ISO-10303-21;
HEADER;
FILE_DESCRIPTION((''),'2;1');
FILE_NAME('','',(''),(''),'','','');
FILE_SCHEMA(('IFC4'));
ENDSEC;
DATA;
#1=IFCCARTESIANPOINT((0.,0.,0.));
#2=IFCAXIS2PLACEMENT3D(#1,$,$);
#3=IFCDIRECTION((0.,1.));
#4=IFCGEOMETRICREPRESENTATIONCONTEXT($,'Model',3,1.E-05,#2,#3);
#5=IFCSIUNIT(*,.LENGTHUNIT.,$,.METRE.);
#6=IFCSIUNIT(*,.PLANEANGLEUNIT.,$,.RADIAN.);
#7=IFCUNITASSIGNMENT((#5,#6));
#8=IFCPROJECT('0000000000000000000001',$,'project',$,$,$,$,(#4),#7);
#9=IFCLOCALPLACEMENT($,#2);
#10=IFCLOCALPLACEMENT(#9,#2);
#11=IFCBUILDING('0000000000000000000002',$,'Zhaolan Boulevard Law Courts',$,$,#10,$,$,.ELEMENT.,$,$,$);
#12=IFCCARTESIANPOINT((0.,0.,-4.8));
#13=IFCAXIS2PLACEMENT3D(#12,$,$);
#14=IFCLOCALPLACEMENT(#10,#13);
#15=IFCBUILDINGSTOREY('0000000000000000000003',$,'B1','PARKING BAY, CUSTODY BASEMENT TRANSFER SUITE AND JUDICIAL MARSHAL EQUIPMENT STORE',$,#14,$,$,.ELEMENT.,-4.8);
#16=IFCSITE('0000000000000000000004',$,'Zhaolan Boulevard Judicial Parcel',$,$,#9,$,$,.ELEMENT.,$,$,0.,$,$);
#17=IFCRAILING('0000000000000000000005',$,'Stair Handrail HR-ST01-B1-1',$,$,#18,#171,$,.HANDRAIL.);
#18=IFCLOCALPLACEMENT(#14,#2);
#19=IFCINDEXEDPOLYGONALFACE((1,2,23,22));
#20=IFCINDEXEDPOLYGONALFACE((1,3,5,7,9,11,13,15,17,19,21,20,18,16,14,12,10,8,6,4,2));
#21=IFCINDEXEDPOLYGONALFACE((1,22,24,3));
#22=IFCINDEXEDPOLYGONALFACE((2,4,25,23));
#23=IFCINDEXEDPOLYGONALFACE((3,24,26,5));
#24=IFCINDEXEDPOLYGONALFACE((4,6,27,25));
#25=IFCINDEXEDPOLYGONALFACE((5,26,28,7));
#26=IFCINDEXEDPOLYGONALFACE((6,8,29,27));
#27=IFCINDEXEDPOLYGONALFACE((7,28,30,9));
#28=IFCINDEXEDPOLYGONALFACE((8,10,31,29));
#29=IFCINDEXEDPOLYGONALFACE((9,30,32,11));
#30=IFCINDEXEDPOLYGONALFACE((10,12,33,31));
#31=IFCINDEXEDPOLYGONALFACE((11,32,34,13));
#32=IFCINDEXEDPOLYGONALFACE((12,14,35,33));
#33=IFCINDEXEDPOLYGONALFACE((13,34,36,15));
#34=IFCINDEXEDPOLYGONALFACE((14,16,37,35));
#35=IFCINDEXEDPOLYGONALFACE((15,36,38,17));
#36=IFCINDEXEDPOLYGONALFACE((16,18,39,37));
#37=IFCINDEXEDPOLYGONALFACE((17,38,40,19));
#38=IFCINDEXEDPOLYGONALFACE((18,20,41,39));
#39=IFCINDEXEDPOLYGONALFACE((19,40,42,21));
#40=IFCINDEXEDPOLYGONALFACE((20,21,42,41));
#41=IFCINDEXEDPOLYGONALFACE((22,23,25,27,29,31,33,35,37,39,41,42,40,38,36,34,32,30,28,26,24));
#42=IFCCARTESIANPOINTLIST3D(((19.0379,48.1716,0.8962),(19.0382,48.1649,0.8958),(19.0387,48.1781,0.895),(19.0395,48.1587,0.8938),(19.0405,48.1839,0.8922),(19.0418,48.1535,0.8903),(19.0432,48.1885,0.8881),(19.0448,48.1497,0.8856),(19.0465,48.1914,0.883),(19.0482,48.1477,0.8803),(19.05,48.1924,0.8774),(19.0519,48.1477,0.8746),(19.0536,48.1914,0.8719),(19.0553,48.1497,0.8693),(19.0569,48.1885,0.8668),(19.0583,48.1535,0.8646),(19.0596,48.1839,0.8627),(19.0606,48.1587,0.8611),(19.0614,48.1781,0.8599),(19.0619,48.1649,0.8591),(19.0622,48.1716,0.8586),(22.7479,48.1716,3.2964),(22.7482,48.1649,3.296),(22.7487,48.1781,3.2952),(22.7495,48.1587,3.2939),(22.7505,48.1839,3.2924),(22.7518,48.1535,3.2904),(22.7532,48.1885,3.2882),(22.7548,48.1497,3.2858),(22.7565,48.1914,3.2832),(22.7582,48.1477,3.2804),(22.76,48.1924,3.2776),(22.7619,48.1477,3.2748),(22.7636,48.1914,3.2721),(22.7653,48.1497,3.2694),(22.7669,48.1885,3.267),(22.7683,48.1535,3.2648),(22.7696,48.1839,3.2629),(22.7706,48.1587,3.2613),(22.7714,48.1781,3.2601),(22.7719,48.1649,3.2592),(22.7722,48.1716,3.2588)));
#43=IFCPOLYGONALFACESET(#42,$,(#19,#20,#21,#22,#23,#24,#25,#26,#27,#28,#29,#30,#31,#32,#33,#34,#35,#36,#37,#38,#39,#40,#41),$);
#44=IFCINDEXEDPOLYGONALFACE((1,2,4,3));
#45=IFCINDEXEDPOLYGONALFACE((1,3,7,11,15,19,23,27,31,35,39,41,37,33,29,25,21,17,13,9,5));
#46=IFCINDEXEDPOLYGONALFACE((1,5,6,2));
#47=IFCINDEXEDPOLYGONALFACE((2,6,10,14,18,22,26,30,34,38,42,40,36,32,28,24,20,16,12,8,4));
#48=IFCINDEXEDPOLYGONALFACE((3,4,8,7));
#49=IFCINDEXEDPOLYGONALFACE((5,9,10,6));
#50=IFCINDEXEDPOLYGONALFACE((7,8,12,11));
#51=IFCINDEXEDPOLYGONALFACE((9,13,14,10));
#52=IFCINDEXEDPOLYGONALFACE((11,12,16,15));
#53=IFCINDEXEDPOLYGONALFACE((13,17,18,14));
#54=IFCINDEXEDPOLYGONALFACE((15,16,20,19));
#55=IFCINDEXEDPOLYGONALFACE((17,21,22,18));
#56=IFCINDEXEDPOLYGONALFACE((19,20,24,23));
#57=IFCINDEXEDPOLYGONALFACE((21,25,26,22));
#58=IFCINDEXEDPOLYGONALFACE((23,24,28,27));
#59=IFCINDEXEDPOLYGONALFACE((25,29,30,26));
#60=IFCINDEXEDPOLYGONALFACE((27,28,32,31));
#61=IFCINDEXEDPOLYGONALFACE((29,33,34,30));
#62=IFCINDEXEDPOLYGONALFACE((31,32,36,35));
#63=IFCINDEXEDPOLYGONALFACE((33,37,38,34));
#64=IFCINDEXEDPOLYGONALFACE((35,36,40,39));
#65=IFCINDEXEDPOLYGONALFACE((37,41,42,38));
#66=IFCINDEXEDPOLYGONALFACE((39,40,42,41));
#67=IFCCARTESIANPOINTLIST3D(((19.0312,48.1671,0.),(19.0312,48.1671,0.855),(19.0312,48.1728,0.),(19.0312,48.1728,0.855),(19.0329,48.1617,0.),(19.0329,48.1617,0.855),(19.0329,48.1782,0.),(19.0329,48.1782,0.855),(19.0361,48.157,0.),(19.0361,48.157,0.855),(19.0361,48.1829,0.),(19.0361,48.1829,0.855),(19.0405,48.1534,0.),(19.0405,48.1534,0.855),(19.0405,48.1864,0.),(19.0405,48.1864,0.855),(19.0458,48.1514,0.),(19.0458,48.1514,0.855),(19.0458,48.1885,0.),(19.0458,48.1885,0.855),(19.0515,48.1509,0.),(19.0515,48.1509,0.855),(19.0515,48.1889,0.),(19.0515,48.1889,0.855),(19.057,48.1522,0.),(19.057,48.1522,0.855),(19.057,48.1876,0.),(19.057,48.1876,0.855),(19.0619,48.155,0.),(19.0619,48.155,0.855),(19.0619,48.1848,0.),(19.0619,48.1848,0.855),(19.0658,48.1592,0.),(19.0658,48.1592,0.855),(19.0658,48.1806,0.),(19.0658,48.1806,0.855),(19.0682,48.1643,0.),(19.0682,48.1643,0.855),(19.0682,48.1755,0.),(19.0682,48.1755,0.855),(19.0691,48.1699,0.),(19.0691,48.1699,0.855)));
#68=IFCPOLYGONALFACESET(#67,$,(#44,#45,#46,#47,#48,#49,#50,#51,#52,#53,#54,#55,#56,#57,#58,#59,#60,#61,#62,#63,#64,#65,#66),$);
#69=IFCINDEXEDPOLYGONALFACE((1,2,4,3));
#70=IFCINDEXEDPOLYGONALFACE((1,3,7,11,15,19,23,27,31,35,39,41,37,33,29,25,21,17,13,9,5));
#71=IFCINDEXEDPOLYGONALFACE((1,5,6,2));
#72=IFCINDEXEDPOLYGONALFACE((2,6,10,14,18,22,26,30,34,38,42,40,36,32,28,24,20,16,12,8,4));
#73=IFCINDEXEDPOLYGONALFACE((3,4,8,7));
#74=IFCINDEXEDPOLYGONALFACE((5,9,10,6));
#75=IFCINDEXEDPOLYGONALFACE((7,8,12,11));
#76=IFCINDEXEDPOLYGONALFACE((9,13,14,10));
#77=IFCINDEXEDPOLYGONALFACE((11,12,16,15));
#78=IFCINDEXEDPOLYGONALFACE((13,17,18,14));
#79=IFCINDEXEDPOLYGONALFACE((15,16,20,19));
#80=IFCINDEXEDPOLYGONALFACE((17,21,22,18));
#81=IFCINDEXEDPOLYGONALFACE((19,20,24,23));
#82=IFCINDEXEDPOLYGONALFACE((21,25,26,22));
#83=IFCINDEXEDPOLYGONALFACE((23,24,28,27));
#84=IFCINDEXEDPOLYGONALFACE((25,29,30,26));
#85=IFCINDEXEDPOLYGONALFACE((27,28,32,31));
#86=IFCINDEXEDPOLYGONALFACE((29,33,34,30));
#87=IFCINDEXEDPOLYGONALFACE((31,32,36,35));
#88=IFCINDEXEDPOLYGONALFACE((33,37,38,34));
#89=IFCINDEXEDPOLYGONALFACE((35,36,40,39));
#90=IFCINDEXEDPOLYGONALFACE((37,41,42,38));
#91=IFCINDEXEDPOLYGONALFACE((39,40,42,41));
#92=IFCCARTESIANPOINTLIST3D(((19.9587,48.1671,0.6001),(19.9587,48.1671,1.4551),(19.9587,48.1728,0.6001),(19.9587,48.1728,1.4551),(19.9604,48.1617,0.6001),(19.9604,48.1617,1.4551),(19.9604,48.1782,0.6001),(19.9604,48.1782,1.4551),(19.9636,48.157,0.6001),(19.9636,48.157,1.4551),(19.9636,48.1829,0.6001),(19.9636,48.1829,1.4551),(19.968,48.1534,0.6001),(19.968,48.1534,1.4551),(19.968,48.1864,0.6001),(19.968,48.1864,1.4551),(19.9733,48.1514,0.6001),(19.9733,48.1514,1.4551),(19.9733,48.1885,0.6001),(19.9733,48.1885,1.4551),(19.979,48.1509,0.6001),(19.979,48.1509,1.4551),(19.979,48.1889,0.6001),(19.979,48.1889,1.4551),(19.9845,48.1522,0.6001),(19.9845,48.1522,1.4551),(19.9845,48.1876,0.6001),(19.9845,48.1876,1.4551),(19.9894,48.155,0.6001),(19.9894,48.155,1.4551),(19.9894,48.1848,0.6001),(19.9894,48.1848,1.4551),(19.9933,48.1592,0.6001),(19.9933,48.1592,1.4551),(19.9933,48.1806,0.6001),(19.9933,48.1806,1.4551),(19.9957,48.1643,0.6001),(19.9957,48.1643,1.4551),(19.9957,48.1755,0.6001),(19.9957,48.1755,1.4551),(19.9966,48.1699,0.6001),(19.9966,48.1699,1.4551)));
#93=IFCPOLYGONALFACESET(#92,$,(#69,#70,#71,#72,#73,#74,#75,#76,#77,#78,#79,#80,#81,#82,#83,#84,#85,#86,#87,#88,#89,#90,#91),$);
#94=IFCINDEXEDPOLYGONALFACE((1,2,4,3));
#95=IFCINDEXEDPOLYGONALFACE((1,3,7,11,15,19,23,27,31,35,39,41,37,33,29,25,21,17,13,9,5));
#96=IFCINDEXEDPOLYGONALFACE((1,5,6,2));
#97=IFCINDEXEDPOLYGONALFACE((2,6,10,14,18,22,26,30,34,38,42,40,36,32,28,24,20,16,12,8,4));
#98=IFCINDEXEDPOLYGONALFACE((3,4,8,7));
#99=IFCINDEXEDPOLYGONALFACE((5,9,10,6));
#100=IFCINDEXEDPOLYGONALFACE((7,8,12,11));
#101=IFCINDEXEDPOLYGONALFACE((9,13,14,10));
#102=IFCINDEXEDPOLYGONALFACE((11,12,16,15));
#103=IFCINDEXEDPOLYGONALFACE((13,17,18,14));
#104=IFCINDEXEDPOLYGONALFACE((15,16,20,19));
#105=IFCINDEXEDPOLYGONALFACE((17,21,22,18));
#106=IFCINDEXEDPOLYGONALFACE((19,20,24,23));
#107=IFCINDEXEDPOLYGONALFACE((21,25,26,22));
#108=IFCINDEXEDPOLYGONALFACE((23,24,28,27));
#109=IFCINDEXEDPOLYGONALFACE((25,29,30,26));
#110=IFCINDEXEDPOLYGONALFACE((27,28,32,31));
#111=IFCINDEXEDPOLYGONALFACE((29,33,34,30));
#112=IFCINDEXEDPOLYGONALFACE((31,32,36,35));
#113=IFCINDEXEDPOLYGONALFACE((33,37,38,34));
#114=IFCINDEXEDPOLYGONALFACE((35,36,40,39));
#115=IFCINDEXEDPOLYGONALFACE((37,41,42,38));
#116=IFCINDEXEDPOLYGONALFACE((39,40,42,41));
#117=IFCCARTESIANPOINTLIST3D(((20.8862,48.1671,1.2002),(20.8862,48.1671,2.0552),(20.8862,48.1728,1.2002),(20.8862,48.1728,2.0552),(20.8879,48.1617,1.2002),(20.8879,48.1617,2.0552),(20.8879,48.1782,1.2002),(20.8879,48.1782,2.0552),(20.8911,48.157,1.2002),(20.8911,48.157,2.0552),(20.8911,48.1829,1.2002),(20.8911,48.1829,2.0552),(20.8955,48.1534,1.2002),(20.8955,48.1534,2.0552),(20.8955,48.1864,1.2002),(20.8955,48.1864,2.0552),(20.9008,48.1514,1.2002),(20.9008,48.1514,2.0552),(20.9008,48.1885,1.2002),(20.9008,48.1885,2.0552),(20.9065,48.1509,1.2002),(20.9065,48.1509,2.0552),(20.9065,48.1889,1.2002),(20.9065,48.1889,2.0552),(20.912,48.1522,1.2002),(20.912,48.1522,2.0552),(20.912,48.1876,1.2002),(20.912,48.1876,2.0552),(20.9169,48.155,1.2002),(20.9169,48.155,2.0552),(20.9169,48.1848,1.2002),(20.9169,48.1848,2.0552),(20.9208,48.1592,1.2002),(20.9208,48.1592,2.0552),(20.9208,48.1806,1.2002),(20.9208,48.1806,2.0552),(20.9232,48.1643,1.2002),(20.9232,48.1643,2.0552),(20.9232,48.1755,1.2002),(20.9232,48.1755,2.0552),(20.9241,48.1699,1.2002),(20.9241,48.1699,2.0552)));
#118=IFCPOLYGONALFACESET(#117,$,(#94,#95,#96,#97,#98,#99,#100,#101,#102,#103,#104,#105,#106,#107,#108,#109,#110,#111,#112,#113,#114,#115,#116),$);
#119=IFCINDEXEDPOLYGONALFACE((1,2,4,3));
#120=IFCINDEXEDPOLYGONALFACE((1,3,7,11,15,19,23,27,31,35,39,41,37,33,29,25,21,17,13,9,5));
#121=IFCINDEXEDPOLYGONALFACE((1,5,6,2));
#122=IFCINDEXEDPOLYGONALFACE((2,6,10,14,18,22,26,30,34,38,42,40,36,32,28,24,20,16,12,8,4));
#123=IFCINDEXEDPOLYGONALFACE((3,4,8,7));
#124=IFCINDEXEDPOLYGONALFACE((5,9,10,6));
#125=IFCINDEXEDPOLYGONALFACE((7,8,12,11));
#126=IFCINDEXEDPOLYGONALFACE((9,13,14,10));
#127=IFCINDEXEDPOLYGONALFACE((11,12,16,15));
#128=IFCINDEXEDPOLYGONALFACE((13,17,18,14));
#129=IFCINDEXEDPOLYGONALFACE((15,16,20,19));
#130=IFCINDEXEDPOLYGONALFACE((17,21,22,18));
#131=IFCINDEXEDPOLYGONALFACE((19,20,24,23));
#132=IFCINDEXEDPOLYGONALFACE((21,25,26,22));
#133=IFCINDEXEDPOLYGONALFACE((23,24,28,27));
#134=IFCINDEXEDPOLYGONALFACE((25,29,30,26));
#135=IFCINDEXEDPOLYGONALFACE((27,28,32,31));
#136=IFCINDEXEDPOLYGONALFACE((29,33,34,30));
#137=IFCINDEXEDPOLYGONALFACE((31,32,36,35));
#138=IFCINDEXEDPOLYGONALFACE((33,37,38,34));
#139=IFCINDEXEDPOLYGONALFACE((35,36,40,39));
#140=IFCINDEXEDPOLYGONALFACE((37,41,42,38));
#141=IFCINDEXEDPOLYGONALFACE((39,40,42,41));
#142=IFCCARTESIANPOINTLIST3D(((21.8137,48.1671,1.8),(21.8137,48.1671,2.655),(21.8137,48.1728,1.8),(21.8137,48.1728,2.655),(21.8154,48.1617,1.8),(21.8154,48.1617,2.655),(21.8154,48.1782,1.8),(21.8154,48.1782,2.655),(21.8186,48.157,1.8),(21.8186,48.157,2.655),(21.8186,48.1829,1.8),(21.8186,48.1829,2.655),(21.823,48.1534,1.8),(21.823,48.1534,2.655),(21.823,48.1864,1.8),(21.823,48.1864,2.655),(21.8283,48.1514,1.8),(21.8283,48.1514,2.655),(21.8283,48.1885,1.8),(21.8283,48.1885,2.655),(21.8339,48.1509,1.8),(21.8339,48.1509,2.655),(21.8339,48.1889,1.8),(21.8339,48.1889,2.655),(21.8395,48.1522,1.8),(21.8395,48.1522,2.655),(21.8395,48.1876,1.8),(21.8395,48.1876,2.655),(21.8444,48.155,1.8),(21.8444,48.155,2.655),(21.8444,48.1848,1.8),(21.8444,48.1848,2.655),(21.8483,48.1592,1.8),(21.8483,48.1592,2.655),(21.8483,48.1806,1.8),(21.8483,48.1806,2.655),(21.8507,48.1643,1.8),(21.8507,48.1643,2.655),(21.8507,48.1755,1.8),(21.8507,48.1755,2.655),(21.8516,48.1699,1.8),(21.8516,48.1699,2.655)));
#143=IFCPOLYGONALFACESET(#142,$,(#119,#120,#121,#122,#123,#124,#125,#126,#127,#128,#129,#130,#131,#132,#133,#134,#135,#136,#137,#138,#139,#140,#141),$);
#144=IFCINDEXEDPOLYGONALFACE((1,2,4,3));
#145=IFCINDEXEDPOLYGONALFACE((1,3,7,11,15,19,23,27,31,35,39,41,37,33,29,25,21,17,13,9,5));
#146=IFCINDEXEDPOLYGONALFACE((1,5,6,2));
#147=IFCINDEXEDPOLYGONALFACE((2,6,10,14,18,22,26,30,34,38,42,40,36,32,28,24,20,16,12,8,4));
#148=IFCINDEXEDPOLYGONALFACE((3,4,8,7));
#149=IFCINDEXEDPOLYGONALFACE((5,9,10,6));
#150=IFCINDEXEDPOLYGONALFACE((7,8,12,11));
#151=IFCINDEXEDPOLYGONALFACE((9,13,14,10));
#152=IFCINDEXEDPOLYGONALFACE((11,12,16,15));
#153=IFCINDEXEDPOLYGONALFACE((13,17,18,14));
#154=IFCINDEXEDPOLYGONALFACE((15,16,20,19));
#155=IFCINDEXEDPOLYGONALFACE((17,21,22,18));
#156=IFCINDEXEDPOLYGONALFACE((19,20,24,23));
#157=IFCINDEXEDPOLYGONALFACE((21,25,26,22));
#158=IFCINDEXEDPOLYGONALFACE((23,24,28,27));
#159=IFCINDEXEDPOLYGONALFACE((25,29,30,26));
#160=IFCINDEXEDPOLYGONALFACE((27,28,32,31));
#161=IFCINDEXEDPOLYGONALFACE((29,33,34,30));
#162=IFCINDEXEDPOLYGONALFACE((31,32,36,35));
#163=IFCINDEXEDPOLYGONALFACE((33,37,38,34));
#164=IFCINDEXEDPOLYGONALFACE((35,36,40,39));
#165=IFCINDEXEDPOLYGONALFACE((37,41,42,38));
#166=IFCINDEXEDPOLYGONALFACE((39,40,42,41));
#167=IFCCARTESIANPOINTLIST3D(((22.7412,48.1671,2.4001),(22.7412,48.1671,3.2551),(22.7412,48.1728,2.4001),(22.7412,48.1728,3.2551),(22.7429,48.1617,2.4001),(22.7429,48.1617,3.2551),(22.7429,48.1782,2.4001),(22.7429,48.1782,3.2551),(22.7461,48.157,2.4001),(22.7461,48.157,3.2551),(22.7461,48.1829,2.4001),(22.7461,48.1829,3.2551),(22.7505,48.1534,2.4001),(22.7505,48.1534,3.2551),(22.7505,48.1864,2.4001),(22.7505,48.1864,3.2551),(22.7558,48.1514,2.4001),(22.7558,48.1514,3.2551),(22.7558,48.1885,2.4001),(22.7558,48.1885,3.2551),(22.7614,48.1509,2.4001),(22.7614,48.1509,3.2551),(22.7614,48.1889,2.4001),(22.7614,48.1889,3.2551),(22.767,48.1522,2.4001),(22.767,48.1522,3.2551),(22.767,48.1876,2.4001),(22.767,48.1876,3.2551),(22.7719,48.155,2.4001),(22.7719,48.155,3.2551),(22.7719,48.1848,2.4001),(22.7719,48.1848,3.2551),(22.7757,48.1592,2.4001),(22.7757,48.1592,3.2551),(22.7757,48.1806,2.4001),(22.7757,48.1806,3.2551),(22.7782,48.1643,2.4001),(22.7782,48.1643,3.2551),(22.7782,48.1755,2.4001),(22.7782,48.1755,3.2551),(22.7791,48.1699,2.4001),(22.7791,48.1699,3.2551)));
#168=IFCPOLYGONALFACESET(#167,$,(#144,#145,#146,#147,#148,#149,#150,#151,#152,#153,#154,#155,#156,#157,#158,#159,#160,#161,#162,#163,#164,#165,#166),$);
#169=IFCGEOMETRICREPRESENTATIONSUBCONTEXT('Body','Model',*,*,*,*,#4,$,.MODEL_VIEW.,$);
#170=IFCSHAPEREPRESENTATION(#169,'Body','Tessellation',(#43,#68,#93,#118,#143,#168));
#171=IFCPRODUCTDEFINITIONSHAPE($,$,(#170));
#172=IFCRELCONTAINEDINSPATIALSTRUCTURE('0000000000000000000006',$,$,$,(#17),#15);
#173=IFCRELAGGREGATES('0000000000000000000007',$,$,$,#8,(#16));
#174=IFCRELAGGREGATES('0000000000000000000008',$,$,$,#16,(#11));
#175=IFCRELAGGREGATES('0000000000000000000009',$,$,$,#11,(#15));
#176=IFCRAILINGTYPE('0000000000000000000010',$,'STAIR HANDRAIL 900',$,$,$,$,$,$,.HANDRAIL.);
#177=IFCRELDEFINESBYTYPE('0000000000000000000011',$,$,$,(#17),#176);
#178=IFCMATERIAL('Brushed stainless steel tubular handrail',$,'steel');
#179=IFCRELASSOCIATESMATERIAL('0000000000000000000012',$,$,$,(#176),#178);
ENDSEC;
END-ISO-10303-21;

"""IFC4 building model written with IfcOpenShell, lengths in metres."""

from ifc_helpers import new_model, si_unit, direction, frame, origin, origin_2d, place, context, subcontext, project, spatial, circle, extrude, material, type_object, element, save


model = new_model("IFC4")

# Units and contexts
model_context = context("Model", 3, precision=1e-05, world=origin(), true_north=direction((0.0, 1.0)))
body_context = subcontext(model_context, "Body", "Model", "MODEL_VIEW")
ifc_project = project(units=[si_unit("LENGTHUNIT", "METRE"), si_unit("PLANEANGLEUNIT", "RADIAN")], contexts=[model_context])

# Site, building, storey
site_placement = place(None, origin())
site = spatial("IfcSite", under=ifc_project, at=site_placement, Name="Zhaolan Boulevard Judicial Parcel", CompositionType="ELEMENT", RefElevation=0.0)
building_placement = place(site_placement, origin())
building = spatial("IfcBuilding", under=site, at=building_placement, Name="Zhaolan Boulevard Law Courts", CompositionType="ELEMENT")
storey_placement = place(building_placement, frame((0.0, 0.0, -4.8)))
storey = spatial("IfcBuildingStorey", under=building, at=storey_placement, Name="B1", Description="PARKING BAY, CUSTODY BASEMENT TRANSFER SUITE AND JUDICIAL MARSHAL EQUIPMENT STORE", CompositionType="ELEMENT", Elevation=-4.8)

# Railing
ifc_material_1 = material(Name="Brushed stainless steel tubular handrail", Category="steel")
railing_type_1 = type_object("IfcRailingType", Name="STAIR HANDRAIL 900", PredefinedType="HANDRAIL", material=ifc_material_1)
railing_1_placement = place(storey_placement, frame((19.05, 48.1699, 0.0)))
element("IfcRailing", 1, at=railing_1_placement, inside=storey, type_object=railing_type_1, Name="Stair Handrail HR-ST01-B1-1", PredefinedType="HANDRAIL", context=body_context, shape_type="SweptSolid", body=[
    extrude(circle(Radius=0.0225, at=origin_2d()), frame((0.0, 0.0, 0.8774), z_axis=(0.839613, 0.0, 0.543185), x_axis=(0.0, 1.0, 0.0)), (0.0, 0.0, 1.0), 4.4187),
    extrude(circle(Radius=0.019, at=origin_2d()), origin(), (0.0, 0.0, 1.0), 0.855),
    extrude(circle(Radius=0.019, at=origin_2d()), frame((0.9275, 0.0, 0.6001)), (0.0, 0.0, 1.0), 0.855),
    extrude(circle(Radius=0.019, at=origin_2d()), frame((1.855, 0.0, 1.2002)), (0.0, 0.0, 1.0), 0.855),
    extrude(circle(Radius=0.019, at=origin_2d()), frame((2.7825, 0.0, 1.8)), (0.0, 0.0, 1.0), 0.855),
    extrude(circle(Radius=0.019, at=origin_2d()), frame((3.71, 0.0, 2.4001)), (0.0, 0.0, 1.0), 0.855),
])

save(model, "model.ifc")
